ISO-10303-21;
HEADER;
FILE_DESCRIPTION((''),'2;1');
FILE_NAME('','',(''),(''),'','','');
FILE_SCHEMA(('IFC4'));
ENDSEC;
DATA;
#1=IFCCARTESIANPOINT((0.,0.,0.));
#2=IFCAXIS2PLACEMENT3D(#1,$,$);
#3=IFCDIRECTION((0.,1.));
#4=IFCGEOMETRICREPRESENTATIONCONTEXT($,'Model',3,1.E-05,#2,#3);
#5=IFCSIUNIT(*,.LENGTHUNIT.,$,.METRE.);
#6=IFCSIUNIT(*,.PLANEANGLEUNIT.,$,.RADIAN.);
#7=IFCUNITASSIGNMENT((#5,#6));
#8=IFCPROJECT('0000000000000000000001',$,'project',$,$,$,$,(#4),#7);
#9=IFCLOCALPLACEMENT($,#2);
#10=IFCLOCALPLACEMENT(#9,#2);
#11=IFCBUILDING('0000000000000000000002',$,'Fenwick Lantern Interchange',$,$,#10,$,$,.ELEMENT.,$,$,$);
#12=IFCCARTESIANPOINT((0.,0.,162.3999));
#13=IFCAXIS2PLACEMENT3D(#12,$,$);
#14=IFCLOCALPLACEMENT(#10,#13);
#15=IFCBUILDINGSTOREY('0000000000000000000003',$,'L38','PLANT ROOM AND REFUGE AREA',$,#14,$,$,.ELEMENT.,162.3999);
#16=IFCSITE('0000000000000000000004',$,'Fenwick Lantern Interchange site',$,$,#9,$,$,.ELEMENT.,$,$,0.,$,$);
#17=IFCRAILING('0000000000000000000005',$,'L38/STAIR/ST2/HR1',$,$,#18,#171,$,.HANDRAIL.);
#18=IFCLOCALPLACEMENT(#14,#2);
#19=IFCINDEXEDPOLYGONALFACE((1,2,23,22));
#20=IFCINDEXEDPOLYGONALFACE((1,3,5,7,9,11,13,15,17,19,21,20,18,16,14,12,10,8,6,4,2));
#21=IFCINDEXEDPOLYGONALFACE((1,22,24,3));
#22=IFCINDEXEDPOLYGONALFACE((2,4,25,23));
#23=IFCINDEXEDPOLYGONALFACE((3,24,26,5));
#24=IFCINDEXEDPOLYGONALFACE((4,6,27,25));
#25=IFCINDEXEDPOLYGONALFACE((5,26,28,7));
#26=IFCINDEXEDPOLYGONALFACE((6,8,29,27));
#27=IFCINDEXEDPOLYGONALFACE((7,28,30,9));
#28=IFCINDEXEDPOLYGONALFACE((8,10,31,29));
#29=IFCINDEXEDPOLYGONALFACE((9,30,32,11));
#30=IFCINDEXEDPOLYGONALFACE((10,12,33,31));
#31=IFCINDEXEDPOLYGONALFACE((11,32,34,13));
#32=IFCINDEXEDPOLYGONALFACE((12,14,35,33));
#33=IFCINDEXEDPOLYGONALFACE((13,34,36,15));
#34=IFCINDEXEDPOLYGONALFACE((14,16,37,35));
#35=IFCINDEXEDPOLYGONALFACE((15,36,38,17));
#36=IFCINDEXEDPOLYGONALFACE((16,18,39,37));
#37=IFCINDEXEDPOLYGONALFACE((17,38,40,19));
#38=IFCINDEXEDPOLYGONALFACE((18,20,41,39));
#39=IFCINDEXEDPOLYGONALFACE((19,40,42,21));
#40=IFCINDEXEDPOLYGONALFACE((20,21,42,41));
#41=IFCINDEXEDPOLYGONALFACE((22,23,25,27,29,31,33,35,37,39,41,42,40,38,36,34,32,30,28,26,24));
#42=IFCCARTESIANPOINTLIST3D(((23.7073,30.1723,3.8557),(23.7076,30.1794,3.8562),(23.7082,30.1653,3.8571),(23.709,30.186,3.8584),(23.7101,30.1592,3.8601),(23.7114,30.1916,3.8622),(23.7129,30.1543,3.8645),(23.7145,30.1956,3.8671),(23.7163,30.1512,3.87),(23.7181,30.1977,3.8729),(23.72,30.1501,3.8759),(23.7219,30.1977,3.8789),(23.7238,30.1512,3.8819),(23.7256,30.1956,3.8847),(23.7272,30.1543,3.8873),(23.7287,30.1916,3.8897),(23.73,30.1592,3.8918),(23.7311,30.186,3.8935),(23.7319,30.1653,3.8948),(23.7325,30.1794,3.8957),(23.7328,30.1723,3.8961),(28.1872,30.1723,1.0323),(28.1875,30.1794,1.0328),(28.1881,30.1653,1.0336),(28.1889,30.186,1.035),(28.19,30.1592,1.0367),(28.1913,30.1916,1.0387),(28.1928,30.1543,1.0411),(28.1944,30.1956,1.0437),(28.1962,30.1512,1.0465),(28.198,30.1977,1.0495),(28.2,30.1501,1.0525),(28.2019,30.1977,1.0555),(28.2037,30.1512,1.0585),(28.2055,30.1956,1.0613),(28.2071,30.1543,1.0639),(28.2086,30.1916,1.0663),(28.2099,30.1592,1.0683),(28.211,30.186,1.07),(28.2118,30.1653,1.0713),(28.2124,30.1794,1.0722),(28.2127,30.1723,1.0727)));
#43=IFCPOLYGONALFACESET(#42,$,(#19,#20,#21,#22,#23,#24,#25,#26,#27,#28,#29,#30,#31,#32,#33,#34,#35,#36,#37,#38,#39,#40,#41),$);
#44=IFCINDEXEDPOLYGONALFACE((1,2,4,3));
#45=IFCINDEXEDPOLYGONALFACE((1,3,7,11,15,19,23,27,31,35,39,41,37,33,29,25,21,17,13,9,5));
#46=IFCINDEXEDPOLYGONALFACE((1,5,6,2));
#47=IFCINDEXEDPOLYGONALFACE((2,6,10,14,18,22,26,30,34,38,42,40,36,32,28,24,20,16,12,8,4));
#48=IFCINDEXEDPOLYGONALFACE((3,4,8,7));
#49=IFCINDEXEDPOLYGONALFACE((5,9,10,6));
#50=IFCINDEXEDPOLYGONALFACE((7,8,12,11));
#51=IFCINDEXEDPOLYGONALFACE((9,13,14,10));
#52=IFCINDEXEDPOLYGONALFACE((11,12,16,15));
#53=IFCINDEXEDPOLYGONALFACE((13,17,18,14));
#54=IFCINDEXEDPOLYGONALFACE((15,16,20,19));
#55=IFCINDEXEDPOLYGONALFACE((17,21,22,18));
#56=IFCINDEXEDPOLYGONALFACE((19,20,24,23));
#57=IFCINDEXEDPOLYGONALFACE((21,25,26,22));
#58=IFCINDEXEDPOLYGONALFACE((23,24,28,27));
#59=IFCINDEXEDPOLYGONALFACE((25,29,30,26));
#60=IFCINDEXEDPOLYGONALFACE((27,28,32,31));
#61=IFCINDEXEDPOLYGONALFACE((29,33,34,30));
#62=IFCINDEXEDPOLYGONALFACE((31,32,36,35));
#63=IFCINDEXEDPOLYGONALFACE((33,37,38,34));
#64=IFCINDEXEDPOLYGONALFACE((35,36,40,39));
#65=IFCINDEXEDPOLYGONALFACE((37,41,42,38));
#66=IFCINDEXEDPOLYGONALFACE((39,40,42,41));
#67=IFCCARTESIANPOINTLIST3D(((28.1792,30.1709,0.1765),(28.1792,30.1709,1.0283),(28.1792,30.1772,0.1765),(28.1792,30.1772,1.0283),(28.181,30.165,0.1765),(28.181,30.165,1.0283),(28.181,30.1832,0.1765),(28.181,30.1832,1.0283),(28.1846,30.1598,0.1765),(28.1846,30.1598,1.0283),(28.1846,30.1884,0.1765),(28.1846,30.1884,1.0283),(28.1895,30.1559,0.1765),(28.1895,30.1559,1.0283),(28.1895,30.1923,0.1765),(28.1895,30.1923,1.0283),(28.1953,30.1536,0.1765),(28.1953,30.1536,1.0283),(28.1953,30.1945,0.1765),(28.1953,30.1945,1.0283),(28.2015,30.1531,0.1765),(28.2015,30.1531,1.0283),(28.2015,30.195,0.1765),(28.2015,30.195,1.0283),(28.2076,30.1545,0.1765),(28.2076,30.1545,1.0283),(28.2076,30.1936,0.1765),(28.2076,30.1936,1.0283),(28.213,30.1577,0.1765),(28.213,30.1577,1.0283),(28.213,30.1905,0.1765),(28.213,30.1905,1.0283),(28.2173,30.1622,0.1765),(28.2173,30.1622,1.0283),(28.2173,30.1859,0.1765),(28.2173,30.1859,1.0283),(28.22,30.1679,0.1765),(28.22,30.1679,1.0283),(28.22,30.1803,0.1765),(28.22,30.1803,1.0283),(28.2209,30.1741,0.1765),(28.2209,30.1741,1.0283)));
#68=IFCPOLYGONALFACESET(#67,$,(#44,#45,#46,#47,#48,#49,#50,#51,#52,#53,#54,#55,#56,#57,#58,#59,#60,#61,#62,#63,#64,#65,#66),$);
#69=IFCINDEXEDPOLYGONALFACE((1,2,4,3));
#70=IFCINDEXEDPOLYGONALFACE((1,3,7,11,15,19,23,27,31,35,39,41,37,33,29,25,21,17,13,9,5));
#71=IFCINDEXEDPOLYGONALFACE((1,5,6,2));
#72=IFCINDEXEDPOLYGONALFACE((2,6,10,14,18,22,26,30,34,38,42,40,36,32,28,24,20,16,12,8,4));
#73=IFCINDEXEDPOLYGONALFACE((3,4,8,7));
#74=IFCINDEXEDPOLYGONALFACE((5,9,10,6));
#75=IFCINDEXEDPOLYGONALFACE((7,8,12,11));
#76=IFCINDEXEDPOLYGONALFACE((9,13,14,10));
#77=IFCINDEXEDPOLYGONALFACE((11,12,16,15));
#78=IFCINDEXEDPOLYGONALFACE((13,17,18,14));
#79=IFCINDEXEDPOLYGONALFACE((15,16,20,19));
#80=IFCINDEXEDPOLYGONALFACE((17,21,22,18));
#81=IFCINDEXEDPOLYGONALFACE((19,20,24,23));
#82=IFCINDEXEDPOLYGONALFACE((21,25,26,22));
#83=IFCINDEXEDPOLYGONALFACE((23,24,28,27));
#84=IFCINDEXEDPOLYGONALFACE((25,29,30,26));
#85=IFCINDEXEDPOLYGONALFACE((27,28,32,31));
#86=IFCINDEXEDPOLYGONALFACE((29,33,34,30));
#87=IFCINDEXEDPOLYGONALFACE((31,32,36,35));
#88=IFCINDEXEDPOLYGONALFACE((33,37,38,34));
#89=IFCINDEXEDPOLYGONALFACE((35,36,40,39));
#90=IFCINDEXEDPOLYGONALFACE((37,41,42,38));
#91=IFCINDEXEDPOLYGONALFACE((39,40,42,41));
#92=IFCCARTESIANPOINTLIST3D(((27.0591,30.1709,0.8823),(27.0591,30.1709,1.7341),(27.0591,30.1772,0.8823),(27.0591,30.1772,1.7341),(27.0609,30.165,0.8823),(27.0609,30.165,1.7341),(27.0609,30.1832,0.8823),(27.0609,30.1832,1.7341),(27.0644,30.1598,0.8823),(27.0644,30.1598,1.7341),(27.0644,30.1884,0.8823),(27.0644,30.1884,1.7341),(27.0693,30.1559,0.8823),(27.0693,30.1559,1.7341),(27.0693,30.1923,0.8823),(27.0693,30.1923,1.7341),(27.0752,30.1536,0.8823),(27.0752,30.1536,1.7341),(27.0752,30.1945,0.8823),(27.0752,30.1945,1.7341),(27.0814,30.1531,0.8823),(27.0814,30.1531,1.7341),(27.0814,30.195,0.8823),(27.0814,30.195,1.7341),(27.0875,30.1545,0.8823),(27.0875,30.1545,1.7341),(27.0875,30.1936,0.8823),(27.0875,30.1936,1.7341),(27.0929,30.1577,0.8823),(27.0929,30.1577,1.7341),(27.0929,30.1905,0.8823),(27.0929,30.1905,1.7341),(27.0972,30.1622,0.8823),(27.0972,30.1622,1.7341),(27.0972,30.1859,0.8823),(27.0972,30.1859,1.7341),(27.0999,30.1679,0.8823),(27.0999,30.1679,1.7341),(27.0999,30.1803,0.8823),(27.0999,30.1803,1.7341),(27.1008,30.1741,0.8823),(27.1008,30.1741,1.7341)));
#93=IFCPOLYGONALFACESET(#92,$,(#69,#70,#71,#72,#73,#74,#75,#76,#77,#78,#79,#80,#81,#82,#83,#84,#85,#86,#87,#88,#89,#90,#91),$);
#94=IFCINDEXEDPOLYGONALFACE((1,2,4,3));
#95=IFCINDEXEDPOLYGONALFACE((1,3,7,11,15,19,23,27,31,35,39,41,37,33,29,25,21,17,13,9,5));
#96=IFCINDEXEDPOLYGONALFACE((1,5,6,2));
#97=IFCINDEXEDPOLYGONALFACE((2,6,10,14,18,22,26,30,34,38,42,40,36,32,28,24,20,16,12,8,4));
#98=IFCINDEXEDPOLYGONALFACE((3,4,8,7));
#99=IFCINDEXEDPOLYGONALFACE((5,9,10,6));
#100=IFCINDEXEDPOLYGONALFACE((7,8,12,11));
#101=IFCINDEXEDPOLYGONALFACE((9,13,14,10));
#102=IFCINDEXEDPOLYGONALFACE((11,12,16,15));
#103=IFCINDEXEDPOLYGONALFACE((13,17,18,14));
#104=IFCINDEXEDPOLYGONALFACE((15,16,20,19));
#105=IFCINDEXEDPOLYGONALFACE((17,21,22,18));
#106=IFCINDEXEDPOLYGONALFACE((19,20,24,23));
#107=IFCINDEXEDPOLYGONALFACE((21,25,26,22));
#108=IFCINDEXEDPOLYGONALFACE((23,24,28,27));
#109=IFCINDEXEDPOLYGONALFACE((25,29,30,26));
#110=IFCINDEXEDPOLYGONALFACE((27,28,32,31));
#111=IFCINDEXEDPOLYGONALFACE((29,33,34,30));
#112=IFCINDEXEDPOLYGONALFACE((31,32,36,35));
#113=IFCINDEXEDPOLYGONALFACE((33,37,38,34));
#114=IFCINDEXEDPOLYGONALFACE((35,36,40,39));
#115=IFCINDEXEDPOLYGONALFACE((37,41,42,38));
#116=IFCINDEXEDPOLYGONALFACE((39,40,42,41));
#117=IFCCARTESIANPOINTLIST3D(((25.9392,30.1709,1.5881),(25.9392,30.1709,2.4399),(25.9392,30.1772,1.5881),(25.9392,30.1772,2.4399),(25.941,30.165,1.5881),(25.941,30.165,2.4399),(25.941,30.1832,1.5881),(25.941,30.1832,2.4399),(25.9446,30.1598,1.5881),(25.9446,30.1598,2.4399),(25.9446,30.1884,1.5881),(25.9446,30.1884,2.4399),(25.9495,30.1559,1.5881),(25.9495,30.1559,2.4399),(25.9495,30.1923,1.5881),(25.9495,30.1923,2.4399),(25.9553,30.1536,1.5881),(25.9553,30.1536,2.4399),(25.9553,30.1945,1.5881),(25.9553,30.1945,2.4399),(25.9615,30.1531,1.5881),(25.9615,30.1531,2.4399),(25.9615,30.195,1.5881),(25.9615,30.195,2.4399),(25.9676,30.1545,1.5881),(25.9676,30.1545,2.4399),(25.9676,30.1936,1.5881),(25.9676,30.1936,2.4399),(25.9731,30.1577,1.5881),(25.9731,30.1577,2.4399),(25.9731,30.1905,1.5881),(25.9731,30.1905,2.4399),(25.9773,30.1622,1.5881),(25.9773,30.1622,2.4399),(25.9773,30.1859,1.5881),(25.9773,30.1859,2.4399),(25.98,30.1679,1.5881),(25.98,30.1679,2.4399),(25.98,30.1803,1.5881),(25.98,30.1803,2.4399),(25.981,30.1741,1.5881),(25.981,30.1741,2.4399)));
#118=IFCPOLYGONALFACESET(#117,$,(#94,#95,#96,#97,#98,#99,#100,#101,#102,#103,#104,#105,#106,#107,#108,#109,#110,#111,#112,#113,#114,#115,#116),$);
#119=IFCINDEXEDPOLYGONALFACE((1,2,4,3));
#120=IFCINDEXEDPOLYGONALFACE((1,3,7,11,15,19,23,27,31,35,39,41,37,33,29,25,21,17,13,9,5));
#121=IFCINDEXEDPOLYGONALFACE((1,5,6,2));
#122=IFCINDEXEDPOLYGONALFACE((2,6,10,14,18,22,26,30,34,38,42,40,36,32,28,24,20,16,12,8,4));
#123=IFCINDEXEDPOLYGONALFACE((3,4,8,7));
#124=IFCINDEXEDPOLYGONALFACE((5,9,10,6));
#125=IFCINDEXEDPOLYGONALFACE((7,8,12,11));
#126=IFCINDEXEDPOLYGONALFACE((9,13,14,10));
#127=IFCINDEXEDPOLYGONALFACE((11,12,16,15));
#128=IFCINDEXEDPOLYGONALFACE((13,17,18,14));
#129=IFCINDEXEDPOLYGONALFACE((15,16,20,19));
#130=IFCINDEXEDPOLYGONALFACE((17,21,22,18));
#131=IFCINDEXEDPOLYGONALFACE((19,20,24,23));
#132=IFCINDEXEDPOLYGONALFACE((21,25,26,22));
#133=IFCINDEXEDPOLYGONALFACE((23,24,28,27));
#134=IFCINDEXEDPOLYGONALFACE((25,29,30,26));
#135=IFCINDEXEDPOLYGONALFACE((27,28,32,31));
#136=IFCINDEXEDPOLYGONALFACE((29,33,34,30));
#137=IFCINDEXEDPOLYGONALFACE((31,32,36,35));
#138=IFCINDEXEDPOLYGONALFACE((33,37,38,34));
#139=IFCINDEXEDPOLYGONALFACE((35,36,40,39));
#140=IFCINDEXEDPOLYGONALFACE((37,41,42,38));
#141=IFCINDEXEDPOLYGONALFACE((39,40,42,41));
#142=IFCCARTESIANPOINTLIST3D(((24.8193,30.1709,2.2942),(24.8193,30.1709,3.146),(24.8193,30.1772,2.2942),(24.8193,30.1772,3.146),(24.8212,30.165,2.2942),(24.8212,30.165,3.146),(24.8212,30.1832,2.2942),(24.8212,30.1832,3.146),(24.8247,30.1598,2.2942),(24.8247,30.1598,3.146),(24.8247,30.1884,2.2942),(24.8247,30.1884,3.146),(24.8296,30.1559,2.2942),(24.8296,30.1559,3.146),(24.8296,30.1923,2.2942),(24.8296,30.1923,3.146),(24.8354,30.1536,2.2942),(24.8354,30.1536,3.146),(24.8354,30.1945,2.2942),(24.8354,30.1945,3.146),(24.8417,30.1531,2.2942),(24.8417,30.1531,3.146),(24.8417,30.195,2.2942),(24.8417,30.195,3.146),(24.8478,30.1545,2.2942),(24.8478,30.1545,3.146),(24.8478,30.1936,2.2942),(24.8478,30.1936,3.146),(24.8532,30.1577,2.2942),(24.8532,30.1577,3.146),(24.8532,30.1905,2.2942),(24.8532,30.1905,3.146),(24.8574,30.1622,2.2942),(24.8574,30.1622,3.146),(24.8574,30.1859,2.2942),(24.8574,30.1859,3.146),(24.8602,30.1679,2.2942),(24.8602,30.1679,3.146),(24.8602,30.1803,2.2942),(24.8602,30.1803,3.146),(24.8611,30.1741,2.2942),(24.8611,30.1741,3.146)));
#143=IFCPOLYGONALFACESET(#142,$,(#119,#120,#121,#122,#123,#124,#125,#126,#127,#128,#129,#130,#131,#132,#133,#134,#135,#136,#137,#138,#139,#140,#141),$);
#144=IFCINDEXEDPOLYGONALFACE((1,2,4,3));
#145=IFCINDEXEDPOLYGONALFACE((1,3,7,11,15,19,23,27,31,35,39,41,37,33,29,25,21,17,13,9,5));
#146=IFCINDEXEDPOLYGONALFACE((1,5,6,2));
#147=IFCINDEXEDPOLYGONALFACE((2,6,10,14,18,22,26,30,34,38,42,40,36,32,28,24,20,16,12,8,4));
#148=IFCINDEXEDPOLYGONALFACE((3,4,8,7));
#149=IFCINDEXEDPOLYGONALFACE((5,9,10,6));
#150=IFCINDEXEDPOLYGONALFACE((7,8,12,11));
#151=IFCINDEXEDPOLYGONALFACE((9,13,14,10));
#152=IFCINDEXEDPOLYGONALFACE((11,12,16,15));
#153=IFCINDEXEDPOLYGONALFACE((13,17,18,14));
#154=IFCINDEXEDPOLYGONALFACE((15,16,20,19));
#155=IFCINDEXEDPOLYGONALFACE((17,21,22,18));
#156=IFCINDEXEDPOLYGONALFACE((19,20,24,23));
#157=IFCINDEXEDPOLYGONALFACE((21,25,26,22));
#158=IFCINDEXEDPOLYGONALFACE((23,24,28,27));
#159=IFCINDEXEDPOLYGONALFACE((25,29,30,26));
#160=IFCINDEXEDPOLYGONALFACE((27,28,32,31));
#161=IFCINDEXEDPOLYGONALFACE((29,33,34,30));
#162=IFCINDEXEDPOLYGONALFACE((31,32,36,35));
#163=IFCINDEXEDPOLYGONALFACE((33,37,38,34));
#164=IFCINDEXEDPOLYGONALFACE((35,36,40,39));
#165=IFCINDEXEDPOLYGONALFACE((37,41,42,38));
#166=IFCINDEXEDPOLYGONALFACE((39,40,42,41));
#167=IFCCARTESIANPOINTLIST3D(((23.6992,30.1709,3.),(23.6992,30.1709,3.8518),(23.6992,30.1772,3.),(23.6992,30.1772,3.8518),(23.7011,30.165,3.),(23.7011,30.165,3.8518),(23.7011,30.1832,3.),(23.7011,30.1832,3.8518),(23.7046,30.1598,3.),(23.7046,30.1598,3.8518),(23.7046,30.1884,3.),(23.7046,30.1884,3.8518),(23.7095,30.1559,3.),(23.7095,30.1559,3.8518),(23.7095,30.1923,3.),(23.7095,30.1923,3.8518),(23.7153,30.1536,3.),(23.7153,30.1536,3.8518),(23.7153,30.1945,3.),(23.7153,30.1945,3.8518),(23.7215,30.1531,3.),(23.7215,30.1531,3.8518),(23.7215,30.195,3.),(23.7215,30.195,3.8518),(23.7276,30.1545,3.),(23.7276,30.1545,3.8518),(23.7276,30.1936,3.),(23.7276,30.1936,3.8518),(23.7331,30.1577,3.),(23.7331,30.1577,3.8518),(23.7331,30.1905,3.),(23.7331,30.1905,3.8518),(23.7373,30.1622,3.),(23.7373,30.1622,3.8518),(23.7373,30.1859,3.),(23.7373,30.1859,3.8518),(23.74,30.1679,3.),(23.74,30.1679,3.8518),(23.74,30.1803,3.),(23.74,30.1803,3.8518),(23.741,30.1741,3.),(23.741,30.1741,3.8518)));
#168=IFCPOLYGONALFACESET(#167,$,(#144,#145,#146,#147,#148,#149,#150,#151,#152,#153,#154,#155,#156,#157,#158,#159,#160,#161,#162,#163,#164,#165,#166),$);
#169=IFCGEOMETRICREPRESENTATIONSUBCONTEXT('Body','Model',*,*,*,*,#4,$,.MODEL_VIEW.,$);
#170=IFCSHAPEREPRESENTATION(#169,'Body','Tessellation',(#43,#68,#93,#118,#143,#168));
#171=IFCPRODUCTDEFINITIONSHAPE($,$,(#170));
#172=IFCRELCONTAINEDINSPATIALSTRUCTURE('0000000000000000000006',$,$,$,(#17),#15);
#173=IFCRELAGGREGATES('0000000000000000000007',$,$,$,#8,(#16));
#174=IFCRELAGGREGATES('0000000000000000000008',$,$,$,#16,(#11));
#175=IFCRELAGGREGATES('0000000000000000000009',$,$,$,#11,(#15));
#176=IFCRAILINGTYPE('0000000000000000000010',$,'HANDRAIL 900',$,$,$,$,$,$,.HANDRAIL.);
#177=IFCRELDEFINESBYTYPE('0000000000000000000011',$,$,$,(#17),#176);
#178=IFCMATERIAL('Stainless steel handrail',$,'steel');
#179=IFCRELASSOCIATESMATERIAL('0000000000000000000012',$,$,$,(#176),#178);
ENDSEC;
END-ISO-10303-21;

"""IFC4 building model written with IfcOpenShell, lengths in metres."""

from ifc_helpers import new_model, si_unit, direction, frame, origin, origin_2d, place, context, subcontext, project, spatial, circle, extrude, material, type_object, element, save


model = new_model("IFC4")

# Units and contexts
model_context = context("Model", 3, precision=1e-05, world=origin(), true_north=direction((0.0, 1.0)))
body_context = subcontext(model_context, "Body", "Model", "MODEL_VIEW")
ifc_project = project(units=[si_unit("LENGTHUNIT", "METRE"), si_unit("PLANEANGLEUNIT", "RADIAN")], contexts=[model_context])

# Site, building, storey
site_placement = place(None, origin())
site = spatial("IfcSite", under=ifc_project, at=site_placement, Name="Fenwick Lantern Interchange site", CompositionType="ELEMENT", RefElevation=0.0)
building_placement = place(site_placement, origin())
building = spatial("IfcBuilding", under=site, at=building_placement, Name="Fenwick Lantern Interchange", CompositionType="ELEMENT")
storey_placement = place(building_placement, frame((0.0, 0.0, 162.3999)))
storey = spatial("IfcBuildingStorey", under=building, at=storey_placement, Name="L38", Description="PLANT ROOM AND REFUGE AREA", CompositionType="ELEMENT", Elevation=162.3999)

# Railing
ifc_material_1 = material(Name="Stainless steel handrail", Category="steel")
railing_type = type_object("IfcRailingType", Name="HANDRAIL 900", PredefinedType="HANDRAIL", material=ifc_material_1)
railing_1_placement = place(storey_placement, frame((28.2, 30.1741, 0.1765)))
element("IfcRailing", 1, at=railing_1_placement, inside=storey, type_object=railing_type, Name="L38/STAIR/ST2/HR1", PredefinedType="HANDRAIL", context=body_context, shape_type="SweptSolid", body=[
    extrude(circle(Radius=0.0239, at=origin_2d()), frame((0.0, 0.0, 0.876), z_axis=(-0.845998, 0.0, 0.533186), x_axis=(0.0, -1.0, 0.0)), (0.0, 0.0, 1.0), 5.2954),
    extrude(circle(Radius=0.021, at=origin_2d()), origin(), (0.0, 0.0, 1.0), 0.8518),
    extrude(circle(Radius=0.021, at=origin_2d()), frame((-1.1201, 0.0, 0.7058)), (0.0, 0.0, 1.0), 0.8518),
    extrude(circle(Radius=0.021, at=origin_2d()), frame((-2.24, 0.0, 1.4116)), (0.0, 0.0, 1.0), 0.8518),
    extrude(circle(Radius=0.021, at=origin_2d()), frame((-3.3599, 0.0, 2.1177)), (0.0, 0.0, 1.0), 0.8518),
    extrude(circle(Radius=0.021, at=origin_2d()), frame((-4.48, 0.0, 2.8235)), (0.0, 0.0, 1.0), 0.8518),
])

save(model, "model.ifc")
